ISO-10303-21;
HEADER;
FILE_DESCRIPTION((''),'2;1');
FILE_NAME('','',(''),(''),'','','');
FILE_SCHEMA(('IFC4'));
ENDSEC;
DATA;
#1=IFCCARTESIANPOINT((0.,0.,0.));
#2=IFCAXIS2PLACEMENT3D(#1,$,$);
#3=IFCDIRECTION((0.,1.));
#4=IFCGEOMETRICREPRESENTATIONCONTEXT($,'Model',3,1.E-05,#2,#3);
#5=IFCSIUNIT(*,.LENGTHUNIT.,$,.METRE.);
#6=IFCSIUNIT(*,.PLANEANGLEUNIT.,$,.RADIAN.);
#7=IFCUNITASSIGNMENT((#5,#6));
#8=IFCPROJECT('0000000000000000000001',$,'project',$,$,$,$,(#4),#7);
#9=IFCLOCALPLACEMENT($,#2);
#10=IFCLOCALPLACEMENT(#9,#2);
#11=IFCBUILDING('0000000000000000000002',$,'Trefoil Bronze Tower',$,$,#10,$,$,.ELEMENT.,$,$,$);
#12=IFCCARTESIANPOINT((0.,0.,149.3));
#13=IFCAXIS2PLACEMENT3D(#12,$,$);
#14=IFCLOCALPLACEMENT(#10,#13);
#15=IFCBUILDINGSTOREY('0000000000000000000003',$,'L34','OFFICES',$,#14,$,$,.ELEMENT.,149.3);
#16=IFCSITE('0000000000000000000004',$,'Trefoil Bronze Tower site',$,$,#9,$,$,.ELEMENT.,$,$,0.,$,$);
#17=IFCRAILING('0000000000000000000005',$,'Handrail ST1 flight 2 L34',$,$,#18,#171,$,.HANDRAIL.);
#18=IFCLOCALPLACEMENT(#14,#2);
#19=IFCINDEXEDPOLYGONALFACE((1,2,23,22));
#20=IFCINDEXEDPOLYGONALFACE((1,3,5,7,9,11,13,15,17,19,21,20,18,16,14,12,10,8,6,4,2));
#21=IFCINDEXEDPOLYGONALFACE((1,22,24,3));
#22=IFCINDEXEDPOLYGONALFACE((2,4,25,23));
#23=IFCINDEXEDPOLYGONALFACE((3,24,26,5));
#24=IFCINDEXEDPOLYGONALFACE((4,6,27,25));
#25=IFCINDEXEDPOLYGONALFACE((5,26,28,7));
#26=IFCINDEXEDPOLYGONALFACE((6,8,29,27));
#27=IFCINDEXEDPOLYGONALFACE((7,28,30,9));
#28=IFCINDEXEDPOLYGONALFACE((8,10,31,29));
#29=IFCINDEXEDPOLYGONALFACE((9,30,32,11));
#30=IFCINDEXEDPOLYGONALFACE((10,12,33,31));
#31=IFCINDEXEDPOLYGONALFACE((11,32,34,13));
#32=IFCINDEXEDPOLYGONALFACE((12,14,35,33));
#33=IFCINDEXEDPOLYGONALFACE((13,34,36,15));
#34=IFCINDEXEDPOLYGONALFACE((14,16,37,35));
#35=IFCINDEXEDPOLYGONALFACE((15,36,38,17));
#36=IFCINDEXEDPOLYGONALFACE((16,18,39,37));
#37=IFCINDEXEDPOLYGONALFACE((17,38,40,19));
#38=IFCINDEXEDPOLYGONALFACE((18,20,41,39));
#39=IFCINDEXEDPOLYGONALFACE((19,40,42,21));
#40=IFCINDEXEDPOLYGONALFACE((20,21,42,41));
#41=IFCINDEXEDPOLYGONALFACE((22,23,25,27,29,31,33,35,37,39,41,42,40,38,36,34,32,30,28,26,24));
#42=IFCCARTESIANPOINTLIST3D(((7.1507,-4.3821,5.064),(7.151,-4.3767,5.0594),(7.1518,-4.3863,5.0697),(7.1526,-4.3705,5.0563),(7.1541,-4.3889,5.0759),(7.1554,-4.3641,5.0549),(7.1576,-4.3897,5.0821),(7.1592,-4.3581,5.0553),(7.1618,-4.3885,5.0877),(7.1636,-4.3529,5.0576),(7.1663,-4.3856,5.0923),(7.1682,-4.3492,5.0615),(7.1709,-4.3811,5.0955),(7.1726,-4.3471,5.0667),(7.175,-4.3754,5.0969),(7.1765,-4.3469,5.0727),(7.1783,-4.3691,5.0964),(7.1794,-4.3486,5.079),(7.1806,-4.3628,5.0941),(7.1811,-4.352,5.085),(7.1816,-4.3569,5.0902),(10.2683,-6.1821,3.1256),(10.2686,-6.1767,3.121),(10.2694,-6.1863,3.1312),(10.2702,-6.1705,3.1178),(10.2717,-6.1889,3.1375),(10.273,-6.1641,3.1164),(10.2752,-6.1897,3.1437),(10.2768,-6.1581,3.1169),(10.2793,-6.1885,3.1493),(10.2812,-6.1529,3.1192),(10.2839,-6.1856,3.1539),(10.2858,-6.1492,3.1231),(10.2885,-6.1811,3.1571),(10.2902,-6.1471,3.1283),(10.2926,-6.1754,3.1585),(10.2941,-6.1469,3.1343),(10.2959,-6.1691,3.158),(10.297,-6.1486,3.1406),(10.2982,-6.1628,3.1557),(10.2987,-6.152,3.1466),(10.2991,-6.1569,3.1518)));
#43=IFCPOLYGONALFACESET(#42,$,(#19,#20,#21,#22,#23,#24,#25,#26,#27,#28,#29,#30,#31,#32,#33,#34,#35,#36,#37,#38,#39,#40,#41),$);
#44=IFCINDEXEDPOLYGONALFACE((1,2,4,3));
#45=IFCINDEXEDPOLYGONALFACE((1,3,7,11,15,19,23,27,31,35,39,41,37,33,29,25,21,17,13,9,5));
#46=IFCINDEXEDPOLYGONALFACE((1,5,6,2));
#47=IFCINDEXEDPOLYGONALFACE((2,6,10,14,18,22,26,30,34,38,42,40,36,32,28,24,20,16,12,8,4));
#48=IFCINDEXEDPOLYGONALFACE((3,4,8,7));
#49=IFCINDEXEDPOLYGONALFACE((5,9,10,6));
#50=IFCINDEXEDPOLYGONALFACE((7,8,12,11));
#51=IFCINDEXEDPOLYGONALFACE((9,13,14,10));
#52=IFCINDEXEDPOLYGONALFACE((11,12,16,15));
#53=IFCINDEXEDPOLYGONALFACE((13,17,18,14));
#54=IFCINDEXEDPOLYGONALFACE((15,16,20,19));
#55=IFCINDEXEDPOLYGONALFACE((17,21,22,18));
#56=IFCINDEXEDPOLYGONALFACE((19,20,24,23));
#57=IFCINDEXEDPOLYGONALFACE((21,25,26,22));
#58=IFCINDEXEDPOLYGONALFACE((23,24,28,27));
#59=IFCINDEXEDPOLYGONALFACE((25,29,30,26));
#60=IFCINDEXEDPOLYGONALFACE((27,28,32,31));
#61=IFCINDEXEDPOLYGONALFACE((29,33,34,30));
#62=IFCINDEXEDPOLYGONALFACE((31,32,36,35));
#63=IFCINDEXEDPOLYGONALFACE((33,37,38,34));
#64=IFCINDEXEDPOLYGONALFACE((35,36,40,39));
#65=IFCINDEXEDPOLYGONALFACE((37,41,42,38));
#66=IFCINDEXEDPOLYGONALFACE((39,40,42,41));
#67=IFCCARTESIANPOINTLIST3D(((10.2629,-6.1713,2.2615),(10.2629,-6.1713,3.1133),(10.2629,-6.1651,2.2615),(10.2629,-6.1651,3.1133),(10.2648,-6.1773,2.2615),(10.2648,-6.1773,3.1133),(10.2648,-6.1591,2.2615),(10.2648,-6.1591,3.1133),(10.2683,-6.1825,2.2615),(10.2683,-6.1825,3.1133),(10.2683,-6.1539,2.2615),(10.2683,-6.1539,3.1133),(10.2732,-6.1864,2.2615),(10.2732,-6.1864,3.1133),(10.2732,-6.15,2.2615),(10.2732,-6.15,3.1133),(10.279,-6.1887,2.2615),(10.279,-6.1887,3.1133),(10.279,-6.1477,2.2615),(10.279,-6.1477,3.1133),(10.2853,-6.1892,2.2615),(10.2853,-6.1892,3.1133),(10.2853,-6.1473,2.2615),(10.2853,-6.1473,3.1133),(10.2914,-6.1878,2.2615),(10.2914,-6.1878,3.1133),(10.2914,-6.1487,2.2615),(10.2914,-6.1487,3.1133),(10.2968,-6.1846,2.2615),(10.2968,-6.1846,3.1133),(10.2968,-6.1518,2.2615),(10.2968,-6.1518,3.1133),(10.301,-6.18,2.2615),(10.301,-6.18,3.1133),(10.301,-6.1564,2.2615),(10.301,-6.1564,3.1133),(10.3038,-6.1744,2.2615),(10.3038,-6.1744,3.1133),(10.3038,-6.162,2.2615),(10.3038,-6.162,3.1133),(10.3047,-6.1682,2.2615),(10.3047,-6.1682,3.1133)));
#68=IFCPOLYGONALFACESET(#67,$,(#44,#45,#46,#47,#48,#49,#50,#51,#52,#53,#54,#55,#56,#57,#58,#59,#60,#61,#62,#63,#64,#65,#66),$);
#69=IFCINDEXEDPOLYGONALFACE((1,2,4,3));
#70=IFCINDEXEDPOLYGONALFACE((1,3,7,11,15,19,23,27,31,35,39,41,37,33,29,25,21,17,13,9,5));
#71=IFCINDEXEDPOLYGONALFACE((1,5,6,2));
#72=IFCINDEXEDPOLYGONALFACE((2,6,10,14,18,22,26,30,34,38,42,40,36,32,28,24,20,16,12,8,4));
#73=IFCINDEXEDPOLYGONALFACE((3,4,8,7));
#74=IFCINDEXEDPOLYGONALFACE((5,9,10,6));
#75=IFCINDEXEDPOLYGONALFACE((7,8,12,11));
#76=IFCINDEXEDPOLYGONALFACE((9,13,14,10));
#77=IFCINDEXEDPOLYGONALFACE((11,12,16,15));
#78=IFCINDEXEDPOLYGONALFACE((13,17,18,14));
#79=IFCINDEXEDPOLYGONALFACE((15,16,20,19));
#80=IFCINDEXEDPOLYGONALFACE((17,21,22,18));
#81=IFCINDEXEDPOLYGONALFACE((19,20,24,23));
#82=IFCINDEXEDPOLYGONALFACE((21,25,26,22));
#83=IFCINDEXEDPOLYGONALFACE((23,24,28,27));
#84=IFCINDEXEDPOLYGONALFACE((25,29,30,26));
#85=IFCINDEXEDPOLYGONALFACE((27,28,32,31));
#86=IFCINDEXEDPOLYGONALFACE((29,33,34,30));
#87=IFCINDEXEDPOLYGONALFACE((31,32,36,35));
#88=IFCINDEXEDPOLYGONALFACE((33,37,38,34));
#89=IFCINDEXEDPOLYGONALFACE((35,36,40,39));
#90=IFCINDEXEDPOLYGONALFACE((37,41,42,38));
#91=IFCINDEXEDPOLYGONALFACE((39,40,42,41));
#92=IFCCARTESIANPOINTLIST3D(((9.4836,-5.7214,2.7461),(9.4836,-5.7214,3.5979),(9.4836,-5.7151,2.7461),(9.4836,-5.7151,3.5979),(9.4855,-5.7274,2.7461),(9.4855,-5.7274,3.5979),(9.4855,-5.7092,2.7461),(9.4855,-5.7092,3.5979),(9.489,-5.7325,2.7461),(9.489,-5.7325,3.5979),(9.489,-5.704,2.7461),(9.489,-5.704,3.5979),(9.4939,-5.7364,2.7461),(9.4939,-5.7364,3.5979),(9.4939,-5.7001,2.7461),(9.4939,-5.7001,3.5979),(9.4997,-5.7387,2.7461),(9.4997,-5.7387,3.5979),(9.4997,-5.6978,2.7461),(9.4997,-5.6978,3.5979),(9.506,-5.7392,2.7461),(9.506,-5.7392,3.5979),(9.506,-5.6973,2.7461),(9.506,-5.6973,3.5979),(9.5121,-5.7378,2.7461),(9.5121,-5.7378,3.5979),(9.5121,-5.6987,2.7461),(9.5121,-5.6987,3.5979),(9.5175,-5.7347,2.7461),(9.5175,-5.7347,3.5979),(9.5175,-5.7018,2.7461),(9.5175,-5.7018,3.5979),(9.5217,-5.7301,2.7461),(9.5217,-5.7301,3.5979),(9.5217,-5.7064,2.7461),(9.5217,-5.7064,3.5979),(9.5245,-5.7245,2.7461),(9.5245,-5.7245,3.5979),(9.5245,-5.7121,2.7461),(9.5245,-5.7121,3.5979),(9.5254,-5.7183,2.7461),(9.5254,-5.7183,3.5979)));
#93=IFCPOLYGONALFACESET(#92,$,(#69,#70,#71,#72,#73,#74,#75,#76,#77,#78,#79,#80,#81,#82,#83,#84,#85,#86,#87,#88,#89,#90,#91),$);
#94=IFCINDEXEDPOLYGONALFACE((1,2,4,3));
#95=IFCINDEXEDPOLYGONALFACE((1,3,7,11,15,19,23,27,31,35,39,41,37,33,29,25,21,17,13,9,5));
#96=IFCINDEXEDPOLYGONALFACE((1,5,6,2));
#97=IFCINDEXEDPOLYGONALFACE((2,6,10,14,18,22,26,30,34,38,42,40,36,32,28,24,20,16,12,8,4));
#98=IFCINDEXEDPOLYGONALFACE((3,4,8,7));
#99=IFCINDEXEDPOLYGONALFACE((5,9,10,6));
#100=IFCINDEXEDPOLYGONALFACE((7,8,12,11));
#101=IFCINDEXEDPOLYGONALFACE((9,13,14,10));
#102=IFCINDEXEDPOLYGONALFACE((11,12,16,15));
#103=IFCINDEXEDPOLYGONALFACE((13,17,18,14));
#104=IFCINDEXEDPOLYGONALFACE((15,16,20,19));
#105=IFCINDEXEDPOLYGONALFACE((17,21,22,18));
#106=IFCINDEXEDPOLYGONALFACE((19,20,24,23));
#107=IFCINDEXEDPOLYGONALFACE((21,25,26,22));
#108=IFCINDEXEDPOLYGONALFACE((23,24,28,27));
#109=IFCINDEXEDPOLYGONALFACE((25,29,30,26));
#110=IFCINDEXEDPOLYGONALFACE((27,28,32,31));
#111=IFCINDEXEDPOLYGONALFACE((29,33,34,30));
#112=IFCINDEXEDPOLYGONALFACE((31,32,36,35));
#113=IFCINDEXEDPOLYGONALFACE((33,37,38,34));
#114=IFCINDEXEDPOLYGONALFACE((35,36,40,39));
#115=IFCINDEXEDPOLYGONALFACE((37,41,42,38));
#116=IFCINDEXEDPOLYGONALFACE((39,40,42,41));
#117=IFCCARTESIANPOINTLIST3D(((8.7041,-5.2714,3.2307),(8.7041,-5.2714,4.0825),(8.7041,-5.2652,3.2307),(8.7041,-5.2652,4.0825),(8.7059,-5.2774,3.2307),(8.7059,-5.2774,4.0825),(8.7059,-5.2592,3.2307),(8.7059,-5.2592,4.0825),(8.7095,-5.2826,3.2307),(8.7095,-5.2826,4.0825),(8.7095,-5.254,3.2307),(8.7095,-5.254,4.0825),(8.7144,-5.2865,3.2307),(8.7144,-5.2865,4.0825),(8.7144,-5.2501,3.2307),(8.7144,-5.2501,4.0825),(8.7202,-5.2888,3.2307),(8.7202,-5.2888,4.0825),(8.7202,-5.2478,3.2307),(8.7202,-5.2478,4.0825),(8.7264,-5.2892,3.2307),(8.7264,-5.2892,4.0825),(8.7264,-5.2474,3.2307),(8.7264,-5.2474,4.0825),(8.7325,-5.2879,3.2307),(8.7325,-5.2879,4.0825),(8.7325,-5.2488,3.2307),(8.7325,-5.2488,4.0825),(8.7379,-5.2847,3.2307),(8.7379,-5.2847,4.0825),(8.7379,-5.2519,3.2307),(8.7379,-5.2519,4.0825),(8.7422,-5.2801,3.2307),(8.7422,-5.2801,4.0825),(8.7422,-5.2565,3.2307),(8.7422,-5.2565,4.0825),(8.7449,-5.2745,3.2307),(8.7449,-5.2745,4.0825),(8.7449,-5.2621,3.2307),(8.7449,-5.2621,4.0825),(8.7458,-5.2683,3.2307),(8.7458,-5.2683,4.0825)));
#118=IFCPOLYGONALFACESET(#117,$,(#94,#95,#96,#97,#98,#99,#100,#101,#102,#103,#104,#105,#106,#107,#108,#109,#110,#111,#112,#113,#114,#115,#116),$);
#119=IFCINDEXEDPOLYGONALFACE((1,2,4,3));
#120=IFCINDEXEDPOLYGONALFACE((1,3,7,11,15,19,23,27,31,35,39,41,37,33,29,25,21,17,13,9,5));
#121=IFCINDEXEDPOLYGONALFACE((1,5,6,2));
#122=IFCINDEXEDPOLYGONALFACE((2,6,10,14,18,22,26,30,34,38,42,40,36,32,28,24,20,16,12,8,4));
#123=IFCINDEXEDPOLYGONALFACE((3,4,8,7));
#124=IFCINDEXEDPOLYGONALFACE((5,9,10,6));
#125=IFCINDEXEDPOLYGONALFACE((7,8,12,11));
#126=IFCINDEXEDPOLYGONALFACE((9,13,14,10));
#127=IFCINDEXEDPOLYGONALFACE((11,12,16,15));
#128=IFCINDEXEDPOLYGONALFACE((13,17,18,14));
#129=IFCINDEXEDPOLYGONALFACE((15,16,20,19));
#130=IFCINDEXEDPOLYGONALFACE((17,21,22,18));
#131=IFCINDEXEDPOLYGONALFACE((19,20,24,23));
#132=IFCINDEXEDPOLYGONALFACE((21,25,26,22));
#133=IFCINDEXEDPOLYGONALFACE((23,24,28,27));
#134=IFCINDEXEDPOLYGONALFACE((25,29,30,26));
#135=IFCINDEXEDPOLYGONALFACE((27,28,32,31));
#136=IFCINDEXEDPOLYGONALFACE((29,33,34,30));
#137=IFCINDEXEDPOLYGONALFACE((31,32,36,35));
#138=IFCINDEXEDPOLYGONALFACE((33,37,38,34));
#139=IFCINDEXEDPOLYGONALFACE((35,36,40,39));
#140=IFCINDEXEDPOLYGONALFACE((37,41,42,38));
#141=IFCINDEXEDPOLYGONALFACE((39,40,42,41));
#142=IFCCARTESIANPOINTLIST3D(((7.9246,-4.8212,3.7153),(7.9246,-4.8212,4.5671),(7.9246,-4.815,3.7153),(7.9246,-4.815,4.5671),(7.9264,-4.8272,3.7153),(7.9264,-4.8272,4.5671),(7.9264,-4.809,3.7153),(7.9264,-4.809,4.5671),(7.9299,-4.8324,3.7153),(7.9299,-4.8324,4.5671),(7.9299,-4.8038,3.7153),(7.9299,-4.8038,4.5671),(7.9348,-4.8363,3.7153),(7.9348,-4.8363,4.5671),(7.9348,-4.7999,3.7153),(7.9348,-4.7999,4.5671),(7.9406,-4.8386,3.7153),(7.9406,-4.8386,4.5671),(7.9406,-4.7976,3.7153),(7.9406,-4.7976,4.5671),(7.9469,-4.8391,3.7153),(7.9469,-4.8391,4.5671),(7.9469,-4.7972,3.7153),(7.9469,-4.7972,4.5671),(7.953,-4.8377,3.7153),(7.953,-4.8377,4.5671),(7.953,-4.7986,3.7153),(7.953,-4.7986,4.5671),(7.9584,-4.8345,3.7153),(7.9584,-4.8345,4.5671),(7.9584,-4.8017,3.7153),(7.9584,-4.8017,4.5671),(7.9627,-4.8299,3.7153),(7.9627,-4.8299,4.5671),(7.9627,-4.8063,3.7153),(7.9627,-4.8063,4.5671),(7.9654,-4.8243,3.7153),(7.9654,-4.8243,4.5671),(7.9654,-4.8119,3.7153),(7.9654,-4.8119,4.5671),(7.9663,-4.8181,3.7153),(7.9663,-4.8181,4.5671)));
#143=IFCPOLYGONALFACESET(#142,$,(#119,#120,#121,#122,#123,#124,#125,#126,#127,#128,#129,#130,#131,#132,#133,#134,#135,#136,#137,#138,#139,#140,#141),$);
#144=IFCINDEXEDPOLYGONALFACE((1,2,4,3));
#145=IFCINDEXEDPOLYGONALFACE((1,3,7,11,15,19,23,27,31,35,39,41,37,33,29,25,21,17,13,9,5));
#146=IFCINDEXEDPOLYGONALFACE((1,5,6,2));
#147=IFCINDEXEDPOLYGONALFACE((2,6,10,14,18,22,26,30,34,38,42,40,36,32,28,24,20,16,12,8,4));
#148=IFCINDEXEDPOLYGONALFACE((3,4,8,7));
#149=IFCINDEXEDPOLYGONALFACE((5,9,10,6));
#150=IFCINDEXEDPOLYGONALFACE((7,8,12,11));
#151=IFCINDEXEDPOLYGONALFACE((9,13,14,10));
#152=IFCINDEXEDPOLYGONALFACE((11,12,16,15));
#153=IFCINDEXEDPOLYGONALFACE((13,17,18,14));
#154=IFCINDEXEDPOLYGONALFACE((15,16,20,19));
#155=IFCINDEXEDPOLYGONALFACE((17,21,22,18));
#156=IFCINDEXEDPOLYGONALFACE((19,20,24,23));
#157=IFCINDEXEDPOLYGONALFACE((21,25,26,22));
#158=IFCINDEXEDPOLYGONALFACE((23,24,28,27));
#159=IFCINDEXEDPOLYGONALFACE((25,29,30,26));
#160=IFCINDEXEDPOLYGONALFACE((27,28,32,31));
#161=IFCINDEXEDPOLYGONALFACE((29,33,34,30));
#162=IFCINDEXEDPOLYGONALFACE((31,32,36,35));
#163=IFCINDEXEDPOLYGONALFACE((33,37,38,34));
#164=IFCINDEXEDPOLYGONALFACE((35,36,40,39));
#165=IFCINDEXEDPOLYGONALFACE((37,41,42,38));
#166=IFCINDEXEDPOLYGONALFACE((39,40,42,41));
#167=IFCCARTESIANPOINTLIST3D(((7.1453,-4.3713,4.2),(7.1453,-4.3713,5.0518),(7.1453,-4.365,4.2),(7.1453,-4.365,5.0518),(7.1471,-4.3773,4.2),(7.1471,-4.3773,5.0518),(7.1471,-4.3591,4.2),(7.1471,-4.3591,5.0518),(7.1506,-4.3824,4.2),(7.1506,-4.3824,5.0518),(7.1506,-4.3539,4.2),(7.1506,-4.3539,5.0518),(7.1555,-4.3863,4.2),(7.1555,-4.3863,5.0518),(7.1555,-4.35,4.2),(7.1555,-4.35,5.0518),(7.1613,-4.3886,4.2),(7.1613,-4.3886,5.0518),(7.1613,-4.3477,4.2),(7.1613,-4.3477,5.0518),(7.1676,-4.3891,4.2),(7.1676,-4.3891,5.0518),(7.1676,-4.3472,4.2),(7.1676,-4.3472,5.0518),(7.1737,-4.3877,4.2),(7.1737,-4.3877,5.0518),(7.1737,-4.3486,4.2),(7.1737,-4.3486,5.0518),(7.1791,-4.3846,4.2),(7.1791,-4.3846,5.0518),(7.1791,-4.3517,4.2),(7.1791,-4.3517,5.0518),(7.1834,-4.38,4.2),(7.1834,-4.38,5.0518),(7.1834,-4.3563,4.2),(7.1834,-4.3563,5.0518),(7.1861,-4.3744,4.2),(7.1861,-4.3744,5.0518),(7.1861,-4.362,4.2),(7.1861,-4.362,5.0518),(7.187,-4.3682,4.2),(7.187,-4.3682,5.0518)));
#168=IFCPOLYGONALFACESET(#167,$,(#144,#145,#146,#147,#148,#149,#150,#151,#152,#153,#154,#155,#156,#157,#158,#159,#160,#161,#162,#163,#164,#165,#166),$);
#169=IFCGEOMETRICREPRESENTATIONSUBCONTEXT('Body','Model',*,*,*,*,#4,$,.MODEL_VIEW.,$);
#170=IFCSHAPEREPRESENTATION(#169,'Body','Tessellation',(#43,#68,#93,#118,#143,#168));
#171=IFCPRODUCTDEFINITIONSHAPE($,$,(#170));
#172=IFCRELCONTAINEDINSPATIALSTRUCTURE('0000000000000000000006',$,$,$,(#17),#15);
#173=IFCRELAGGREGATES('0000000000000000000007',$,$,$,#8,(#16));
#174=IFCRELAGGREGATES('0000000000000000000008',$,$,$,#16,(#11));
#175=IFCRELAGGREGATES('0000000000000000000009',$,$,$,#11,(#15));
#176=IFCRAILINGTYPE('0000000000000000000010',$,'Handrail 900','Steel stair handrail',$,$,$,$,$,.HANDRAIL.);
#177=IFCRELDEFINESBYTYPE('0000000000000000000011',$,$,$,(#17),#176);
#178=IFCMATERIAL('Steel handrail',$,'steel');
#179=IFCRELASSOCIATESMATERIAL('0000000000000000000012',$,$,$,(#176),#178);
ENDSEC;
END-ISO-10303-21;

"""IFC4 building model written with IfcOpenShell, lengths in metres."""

from ifc_helpers import new_model, si_unit, direction, frame, origin, origin_2d, place, context, subcontext, project, spatial, circle, extrude, material, type_object, element, save


model = new_model("IFC4")

# Units and contexts
model_context = context("Model", 3, precision=1e-05, world=origin(), true_north=direction((0.0, 1.0)))
body_context = subcontext(model_context, "Body", "Model", "MODEL_VIEW")
ifc_project = project(units=[si_unit("LENGTHUNIT", "METRE"), si_unit("PLANEANGLEUNIT", "RADIAN")], contexts=[model_context])

# Site, building, storey
site_placement = place(None, origin())
site = spatial("IfcSite", under=ifc_project, at=site_placement, Name="Trefoil Bronze Tower site", CompositionType="ELEMENT", RefElevation=0.0)
building_placement = place(site_placement, origin())
building = spatial("IfcBuilding", under=site, at=building_placement, Name="Trefoil Bronze Tower", CompositionType="ELEMENT")
storey_placement = place(building_placement, frame((0.0, 0.0, 149.3)))
storey = spatial("IfcBuildingStorey", under=building, at=storey_placement, Name="L34", Description="OFFICES", CompositionType="ELEMENT", Elevation=149.3)

# Railing
ifc_material_1 = material(Name="Steel handrail", Category="steel")
railing_type = type_object("IfcRailingType", Name="Handrail 900", Description="Steel stair handrail", PredefinedType="HANDRAIL", material=ifc_material_1)
railing_placement = place(storey_placement, frame((10.2837, -6.1682, 2.2615)))
element("IfcRailing", 1, at=railing_placement, inside=storey, type_object=railing_type, Name="Handrail ST1 flight 2 L34", PredefinedType="HANDRAIL", context=body_context, shape_type="SweptSolid", body=[
    extrude(circle(Radius=0.0239, at=origin_2d()), frame((0.0, 0.0, 0.876), z_axis=(-0.762503, 0.440246, 0.474102), x_axis=(-0.500012, -0.866018, 0.0)), (0.0, 0.0, 1.0), 4.0886),
    extrude(circle(Radius=0.021, at=origin_2d()), origin(), (0.0, 0.0, 1.0), 0.8518),
    extrude(circle(Radius=0.021, at=origin_2d()), frame((-0.7793, 0.45, 0.4846)), (0.0, 0.0, 1.0), 0.8518),
    extrude(circle(Radius=0.021, at=origin_2d()), frame((-1.5588, 0.8999, 0.9692)), (0.0, 0.0, 1.0), 0.8518),
    extrude(circle(Radius=0.021, at=origin_2d()), frame((-2.3384, 1.3501, 1.4539)), (0.0, 0.0, 1.0), 0.8518),
    extrude(circle(Radius=0.021, at=origin_2d()), frame((-3.1177, 1.8, 1.9385)), (0.0, 0.0, 1.0), 0.8518),
])

save(model, "model.ifc")
